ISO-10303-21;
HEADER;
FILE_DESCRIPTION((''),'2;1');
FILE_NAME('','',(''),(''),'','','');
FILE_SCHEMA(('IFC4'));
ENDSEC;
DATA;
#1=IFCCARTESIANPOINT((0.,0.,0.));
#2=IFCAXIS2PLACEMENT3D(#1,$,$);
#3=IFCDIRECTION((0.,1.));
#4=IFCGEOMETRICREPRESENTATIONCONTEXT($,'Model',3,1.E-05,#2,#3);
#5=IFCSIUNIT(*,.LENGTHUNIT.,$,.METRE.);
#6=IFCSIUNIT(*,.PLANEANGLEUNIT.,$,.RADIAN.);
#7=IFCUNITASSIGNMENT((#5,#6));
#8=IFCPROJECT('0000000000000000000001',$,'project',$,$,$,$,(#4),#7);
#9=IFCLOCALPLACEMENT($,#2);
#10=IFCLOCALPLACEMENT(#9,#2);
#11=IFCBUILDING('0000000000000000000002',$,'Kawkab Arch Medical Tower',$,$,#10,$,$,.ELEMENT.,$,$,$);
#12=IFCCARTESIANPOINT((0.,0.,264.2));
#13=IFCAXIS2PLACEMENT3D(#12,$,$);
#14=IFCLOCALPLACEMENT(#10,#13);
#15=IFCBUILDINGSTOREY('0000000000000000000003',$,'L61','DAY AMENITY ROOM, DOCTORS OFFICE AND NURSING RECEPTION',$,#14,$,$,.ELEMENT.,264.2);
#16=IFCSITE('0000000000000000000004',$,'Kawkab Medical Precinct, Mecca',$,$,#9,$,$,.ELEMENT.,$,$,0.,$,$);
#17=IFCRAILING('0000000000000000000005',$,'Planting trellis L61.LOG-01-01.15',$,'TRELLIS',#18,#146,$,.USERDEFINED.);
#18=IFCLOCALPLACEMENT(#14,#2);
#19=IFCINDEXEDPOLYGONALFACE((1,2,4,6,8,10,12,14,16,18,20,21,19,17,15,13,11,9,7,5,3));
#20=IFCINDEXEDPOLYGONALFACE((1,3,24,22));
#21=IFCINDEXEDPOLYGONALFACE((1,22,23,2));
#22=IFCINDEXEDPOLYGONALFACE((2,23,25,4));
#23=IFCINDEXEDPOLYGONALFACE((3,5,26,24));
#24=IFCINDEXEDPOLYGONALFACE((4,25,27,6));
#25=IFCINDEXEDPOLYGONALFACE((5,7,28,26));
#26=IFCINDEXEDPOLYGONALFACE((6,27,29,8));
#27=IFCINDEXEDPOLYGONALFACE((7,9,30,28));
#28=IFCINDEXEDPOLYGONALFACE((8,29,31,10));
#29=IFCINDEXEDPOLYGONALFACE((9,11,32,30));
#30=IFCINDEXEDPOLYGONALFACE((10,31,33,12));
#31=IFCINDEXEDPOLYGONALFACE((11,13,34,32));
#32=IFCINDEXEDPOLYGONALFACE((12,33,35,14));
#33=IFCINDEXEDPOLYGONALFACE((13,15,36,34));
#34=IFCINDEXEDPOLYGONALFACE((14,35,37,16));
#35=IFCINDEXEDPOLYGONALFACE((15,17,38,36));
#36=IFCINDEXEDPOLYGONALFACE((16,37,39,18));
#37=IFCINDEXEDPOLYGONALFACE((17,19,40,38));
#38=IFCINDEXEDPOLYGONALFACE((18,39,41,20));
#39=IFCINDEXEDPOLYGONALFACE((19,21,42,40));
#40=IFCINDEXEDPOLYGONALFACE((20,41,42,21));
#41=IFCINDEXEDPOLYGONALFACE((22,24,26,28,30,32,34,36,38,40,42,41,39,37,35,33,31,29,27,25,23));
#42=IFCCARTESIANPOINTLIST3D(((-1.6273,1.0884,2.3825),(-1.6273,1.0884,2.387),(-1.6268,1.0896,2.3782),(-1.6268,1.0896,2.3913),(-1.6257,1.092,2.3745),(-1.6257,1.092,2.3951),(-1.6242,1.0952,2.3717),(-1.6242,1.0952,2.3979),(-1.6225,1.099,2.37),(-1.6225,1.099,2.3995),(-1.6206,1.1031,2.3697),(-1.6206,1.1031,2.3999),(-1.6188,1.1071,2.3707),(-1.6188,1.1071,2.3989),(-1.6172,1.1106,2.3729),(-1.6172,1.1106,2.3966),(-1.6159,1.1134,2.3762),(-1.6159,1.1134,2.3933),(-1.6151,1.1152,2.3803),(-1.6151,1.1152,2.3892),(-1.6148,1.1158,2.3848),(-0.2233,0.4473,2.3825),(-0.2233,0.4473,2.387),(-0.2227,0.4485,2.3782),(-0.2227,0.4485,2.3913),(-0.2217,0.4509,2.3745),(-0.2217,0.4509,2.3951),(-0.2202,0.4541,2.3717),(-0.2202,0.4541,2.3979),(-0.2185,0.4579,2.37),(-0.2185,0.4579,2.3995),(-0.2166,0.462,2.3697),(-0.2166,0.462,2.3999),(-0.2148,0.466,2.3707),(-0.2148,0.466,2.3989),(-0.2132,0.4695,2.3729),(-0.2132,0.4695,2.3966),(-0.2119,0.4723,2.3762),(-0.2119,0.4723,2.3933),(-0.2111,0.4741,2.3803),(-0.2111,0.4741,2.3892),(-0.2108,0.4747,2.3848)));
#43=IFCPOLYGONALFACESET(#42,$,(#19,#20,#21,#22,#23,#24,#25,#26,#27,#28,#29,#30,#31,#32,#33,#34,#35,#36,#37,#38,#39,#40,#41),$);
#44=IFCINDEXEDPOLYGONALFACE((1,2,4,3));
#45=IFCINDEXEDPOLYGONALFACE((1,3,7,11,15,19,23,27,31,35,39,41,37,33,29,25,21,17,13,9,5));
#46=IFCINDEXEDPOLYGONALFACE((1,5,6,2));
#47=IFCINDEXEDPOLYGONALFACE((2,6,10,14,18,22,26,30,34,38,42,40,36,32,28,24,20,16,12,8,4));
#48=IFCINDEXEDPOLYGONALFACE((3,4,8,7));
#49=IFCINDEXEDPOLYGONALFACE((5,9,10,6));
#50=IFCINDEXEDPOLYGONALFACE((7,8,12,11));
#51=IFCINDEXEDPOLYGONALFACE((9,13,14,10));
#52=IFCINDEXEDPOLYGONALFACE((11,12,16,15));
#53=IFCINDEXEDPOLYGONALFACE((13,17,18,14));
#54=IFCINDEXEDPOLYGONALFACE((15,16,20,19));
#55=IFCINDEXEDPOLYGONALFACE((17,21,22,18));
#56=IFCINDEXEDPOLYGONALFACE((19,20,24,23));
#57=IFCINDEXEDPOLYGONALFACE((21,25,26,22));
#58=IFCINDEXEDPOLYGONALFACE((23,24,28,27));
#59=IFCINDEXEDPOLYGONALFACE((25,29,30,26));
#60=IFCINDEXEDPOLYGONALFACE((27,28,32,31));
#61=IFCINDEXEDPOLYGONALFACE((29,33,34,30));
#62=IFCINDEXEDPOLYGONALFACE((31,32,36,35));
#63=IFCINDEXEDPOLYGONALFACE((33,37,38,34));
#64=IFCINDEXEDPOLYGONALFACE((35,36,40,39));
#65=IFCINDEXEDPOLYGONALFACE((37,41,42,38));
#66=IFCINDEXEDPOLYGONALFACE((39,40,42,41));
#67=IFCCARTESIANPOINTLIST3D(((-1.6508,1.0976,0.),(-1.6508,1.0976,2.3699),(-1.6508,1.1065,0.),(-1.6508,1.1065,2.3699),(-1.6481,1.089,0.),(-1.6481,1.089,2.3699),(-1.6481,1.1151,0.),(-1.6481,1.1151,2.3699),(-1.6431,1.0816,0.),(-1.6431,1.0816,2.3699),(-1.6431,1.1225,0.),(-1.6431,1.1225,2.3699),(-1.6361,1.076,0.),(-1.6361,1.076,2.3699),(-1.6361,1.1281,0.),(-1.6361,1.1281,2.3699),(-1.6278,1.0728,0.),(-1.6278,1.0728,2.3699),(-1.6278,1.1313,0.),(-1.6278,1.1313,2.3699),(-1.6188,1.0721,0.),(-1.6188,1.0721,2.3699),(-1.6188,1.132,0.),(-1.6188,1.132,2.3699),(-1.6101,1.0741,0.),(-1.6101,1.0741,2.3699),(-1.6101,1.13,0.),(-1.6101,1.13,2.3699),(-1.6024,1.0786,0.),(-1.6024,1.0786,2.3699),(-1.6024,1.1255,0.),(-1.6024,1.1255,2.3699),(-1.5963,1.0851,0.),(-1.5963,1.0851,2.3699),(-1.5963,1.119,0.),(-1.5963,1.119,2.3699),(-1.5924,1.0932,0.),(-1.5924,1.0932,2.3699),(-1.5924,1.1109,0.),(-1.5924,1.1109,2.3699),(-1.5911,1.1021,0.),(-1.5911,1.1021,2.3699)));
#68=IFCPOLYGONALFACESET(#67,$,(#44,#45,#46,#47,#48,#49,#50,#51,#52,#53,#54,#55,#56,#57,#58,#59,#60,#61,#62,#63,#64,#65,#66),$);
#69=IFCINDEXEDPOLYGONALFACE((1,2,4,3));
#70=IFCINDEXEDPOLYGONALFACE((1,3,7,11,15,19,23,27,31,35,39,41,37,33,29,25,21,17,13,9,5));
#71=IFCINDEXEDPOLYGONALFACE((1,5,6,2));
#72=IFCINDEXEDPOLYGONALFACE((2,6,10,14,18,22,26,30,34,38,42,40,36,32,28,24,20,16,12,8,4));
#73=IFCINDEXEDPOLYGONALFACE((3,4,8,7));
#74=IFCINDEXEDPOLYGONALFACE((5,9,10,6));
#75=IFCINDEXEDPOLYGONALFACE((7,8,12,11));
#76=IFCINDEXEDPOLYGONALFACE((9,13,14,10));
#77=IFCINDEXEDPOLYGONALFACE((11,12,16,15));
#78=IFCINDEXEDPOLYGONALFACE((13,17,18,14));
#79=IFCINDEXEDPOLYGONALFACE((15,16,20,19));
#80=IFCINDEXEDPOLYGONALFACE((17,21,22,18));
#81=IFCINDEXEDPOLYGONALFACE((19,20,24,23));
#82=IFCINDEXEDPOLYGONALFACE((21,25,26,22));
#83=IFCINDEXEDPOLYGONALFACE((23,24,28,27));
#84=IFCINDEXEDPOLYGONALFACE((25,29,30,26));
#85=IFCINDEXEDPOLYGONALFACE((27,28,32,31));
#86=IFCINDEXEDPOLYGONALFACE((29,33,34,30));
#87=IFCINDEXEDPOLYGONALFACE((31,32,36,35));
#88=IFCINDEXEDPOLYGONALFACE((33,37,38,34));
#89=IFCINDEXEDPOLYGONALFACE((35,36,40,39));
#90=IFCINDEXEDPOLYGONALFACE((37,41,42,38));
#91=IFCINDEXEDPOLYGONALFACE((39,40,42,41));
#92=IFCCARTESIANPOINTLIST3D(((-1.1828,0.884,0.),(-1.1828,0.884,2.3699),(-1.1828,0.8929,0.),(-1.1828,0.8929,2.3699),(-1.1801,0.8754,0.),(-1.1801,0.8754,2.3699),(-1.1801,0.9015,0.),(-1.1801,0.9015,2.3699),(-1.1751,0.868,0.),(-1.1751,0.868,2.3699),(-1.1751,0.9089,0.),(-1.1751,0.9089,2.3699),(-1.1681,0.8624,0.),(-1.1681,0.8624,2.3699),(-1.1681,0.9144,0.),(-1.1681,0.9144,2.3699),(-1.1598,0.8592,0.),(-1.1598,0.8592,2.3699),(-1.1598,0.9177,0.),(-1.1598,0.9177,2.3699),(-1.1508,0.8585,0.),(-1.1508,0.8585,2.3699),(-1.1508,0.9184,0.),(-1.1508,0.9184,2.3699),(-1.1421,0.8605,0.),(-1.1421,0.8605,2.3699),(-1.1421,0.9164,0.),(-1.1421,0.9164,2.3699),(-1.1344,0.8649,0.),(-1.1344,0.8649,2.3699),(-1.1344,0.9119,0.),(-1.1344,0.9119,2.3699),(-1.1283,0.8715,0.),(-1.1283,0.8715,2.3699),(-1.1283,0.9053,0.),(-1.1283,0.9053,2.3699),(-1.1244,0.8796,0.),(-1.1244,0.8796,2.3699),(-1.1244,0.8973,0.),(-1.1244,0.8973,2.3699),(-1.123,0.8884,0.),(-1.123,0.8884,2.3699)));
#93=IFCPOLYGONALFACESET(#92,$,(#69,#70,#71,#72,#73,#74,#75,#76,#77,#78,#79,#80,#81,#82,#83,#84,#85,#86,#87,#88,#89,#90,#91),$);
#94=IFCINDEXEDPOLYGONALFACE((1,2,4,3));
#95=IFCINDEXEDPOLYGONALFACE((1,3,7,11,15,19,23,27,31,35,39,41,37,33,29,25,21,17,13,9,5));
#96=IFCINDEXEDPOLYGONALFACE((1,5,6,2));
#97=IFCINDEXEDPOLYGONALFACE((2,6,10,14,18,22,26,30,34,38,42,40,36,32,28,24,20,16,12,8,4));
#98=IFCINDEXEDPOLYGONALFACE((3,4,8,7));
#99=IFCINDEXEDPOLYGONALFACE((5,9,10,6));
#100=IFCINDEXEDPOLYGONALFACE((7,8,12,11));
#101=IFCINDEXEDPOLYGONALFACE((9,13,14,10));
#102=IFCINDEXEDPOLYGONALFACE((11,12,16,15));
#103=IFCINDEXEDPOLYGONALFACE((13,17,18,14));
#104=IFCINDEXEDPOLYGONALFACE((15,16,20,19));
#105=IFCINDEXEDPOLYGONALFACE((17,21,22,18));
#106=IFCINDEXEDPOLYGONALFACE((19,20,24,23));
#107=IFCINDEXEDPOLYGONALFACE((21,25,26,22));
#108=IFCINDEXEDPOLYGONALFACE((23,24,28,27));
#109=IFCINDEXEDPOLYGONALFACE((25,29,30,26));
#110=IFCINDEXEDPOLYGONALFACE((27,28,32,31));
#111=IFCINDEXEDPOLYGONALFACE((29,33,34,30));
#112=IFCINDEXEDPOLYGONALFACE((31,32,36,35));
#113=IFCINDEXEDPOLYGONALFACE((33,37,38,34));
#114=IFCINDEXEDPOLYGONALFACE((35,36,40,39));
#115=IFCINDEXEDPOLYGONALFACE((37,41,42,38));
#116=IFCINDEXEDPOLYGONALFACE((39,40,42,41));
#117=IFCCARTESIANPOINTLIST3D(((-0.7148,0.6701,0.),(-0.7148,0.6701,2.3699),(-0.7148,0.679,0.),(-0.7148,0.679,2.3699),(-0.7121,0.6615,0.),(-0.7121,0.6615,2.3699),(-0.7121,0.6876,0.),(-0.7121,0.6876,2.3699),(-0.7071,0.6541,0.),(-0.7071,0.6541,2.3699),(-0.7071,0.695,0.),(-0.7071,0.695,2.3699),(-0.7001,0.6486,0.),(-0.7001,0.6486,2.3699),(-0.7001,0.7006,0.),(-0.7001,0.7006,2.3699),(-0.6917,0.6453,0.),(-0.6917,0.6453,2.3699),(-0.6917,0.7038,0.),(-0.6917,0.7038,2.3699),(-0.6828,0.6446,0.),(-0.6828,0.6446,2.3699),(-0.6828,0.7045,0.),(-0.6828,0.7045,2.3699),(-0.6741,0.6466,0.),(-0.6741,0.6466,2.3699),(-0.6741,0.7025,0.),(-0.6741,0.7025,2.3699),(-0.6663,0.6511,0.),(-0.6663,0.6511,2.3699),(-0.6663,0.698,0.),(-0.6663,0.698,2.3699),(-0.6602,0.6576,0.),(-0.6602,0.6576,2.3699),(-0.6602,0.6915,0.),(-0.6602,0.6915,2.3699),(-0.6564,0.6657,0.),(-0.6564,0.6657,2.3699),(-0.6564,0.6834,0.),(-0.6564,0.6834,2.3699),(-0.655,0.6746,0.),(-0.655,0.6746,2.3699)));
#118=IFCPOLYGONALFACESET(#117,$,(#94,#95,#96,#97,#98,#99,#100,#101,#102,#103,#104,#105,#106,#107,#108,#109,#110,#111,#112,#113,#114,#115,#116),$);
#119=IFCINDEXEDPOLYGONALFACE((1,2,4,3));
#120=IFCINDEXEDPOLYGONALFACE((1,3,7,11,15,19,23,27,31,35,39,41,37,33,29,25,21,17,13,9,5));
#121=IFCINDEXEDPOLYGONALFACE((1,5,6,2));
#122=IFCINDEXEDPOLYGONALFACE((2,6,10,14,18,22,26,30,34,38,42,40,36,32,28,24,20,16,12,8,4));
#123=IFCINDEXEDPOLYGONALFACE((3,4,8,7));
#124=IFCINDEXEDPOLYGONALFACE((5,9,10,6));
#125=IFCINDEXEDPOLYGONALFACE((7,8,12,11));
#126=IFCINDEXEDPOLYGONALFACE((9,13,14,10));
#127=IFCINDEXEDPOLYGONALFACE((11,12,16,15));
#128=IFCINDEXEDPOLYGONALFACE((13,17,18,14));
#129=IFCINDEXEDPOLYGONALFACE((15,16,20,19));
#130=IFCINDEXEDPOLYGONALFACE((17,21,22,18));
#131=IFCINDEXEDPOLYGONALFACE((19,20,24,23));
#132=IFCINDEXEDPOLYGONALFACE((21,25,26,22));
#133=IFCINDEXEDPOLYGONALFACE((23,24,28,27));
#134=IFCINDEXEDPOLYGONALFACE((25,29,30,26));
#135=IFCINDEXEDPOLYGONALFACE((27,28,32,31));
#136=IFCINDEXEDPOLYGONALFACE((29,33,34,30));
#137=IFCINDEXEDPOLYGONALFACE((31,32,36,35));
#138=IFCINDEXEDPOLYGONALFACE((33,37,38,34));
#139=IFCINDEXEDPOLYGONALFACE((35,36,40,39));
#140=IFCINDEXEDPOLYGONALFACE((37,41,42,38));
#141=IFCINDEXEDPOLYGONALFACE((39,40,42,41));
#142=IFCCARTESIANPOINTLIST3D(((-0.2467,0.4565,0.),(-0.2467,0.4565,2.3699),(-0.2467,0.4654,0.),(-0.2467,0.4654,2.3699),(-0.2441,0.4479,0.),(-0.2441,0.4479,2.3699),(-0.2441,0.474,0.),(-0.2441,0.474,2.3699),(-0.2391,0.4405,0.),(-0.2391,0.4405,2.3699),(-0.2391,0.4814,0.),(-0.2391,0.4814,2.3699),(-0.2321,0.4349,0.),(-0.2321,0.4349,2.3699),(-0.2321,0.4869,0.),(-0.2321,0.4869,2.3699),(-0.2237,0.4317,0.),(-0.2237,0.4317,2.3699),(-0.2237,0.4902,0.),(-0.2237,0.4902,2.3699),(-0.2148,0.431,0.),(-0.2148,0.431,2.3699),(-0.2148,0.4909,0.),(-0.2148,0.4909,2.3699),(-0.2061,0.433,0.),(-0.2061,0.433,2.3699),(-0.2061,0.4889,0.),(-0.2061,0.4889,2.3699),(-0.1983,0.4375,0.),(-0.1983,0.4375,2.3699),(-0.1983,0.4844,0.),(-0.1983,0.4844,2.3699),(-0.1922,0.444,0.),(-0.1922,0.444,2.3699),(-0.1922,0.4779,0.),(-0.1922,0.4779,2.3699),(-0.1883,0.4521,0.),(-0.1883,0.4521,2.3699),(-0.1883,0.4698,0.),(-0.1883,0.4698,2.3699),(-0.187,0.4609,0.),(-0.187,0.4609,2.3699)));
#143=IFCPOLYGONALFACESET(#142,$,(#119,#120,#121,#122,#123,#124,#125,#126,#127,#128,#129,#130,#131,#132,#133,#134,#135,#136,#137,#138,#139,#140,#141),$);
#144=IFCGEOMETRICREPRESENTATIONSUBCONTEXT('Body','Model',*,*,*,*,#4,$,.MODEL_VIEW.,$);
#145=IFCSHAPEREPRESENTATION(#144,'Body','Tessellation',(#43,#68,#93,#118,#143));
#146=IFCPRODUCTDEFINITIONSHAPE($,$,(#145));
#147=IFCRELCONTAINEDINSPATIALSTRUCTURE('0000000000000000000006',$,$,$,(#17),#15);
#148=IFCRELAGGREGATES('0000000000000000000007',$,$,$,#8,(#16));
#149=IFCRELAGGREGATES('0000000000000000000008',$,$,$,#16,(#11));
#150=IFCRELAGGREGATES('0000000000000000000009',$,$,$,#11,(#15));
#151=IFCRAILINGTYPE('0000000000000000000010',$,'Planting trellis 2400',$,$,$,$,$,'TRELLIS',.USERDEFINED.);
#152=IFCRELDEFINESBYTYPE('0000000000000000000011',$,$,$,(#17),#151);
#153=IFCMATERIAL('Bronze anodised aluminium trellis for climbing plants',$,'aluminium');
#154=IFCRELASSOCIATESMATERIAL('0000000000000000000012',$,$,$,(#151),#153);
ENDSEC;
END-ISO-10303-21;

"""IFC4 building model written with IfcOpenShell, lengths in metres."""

from ifc_helpers import new_model, si_unit, direction, frame, origin, origin_2d, place, context, subcontext, project, spatial, circle, extrude, material, type_object, element, save


model = new_model("IFC4")

# Units and contexts
model_context = context("Model", 3, precision=1e-05, world=origin(), true_north=direction((0.0, 1.0)))
body_context = subcontext(model_context, "Body", "Model", "MODEL_VIEW")
ifc_project = project(units=[si_unit("LENGTHUNIT", "METRE"), si_unit("PLANEANGLEUNIT", "RADIAN")], contexts=[model_context])

# Site, building, storey
site_placement = place(None, origin())
site = spatial("IfcSite", under=ifc_project, at=site_placement, Name="Kawkab Medical Precinct, Mecca", CompositionType="ELEMENT", RefElevation=0.0)
building_placement = place(site_placement, origin())
building = spatial("IfcBuilding", under=site, at=building_placement, Name="Kawkab Arch Medical Tower", CompositionType="ELEMENT")
storey_placement = place(building_placement, frame((0.0, 0.0, 264.2)))
storey = spatial("IfcBuildingStorey", under=building, at=storey_placement, Name="L61", Description="DAY AMENITY ROOM, DOCTORS OFFICE AND NURSING RECEPTION", CompositionType="ELEMENT", Elevation=264.2)

# Railing
ifc_material_1 = material(Name="Bronze anodised aluminium trellis for climbing plants", Category="aluminium")
railing_type = type_object("IfcRailingType", Name="Planting trellis 2400", ElementType="TRELLIS", PredefinedType="USERDEFINED", material=ifc_material_1)
railing_1_placement = place(storey_placement, frame((-1.6211, 1.1021, 0.0)))
element("IfcRailing", 1, at=railing_1_placement, inside=storey, type_object=railing_type, Name="Planting trellis L61.LOG-01-01.15", ObjectType="TRELLIS", PredefinedType="USERDEFINED", context=body_context, shape_type="SweptSolid", body=[
    extrude(circle(Radius=0.0151, at=origin_2d()), frame((0.0, 0.0, 2.3848), z_axis=(0.909656, -0.415363, 0.0), x_axis=(0.415363, 0.909656, 0.0)), (0.0, 0.0, 1.0), 1.5435),
    extrude(circle(Radius=0.03, at=origin_2d()), origin(), (0.0, 0.0, 1.0), 2.3699),
    extrude(circle(Radius=0.03, at=origin_2d()), frame((0.468, -0.2136, 0.0)), (0.0, 0.0, 1.0), 2.3699),
    extrude(circle(Radius=0.03, at=origin_2d()), frame((0.936, -0.4275, 0.0)), (0.0, 0.0, 1.0), 2.3699),
    extrude(circle(Radius=0.03, at=origin_2d()), frame((1.4041, -0.6411, 0.0)), (0.0, 0.0, 1.0), 2.3699),
])

save(model, "model.ifc")
